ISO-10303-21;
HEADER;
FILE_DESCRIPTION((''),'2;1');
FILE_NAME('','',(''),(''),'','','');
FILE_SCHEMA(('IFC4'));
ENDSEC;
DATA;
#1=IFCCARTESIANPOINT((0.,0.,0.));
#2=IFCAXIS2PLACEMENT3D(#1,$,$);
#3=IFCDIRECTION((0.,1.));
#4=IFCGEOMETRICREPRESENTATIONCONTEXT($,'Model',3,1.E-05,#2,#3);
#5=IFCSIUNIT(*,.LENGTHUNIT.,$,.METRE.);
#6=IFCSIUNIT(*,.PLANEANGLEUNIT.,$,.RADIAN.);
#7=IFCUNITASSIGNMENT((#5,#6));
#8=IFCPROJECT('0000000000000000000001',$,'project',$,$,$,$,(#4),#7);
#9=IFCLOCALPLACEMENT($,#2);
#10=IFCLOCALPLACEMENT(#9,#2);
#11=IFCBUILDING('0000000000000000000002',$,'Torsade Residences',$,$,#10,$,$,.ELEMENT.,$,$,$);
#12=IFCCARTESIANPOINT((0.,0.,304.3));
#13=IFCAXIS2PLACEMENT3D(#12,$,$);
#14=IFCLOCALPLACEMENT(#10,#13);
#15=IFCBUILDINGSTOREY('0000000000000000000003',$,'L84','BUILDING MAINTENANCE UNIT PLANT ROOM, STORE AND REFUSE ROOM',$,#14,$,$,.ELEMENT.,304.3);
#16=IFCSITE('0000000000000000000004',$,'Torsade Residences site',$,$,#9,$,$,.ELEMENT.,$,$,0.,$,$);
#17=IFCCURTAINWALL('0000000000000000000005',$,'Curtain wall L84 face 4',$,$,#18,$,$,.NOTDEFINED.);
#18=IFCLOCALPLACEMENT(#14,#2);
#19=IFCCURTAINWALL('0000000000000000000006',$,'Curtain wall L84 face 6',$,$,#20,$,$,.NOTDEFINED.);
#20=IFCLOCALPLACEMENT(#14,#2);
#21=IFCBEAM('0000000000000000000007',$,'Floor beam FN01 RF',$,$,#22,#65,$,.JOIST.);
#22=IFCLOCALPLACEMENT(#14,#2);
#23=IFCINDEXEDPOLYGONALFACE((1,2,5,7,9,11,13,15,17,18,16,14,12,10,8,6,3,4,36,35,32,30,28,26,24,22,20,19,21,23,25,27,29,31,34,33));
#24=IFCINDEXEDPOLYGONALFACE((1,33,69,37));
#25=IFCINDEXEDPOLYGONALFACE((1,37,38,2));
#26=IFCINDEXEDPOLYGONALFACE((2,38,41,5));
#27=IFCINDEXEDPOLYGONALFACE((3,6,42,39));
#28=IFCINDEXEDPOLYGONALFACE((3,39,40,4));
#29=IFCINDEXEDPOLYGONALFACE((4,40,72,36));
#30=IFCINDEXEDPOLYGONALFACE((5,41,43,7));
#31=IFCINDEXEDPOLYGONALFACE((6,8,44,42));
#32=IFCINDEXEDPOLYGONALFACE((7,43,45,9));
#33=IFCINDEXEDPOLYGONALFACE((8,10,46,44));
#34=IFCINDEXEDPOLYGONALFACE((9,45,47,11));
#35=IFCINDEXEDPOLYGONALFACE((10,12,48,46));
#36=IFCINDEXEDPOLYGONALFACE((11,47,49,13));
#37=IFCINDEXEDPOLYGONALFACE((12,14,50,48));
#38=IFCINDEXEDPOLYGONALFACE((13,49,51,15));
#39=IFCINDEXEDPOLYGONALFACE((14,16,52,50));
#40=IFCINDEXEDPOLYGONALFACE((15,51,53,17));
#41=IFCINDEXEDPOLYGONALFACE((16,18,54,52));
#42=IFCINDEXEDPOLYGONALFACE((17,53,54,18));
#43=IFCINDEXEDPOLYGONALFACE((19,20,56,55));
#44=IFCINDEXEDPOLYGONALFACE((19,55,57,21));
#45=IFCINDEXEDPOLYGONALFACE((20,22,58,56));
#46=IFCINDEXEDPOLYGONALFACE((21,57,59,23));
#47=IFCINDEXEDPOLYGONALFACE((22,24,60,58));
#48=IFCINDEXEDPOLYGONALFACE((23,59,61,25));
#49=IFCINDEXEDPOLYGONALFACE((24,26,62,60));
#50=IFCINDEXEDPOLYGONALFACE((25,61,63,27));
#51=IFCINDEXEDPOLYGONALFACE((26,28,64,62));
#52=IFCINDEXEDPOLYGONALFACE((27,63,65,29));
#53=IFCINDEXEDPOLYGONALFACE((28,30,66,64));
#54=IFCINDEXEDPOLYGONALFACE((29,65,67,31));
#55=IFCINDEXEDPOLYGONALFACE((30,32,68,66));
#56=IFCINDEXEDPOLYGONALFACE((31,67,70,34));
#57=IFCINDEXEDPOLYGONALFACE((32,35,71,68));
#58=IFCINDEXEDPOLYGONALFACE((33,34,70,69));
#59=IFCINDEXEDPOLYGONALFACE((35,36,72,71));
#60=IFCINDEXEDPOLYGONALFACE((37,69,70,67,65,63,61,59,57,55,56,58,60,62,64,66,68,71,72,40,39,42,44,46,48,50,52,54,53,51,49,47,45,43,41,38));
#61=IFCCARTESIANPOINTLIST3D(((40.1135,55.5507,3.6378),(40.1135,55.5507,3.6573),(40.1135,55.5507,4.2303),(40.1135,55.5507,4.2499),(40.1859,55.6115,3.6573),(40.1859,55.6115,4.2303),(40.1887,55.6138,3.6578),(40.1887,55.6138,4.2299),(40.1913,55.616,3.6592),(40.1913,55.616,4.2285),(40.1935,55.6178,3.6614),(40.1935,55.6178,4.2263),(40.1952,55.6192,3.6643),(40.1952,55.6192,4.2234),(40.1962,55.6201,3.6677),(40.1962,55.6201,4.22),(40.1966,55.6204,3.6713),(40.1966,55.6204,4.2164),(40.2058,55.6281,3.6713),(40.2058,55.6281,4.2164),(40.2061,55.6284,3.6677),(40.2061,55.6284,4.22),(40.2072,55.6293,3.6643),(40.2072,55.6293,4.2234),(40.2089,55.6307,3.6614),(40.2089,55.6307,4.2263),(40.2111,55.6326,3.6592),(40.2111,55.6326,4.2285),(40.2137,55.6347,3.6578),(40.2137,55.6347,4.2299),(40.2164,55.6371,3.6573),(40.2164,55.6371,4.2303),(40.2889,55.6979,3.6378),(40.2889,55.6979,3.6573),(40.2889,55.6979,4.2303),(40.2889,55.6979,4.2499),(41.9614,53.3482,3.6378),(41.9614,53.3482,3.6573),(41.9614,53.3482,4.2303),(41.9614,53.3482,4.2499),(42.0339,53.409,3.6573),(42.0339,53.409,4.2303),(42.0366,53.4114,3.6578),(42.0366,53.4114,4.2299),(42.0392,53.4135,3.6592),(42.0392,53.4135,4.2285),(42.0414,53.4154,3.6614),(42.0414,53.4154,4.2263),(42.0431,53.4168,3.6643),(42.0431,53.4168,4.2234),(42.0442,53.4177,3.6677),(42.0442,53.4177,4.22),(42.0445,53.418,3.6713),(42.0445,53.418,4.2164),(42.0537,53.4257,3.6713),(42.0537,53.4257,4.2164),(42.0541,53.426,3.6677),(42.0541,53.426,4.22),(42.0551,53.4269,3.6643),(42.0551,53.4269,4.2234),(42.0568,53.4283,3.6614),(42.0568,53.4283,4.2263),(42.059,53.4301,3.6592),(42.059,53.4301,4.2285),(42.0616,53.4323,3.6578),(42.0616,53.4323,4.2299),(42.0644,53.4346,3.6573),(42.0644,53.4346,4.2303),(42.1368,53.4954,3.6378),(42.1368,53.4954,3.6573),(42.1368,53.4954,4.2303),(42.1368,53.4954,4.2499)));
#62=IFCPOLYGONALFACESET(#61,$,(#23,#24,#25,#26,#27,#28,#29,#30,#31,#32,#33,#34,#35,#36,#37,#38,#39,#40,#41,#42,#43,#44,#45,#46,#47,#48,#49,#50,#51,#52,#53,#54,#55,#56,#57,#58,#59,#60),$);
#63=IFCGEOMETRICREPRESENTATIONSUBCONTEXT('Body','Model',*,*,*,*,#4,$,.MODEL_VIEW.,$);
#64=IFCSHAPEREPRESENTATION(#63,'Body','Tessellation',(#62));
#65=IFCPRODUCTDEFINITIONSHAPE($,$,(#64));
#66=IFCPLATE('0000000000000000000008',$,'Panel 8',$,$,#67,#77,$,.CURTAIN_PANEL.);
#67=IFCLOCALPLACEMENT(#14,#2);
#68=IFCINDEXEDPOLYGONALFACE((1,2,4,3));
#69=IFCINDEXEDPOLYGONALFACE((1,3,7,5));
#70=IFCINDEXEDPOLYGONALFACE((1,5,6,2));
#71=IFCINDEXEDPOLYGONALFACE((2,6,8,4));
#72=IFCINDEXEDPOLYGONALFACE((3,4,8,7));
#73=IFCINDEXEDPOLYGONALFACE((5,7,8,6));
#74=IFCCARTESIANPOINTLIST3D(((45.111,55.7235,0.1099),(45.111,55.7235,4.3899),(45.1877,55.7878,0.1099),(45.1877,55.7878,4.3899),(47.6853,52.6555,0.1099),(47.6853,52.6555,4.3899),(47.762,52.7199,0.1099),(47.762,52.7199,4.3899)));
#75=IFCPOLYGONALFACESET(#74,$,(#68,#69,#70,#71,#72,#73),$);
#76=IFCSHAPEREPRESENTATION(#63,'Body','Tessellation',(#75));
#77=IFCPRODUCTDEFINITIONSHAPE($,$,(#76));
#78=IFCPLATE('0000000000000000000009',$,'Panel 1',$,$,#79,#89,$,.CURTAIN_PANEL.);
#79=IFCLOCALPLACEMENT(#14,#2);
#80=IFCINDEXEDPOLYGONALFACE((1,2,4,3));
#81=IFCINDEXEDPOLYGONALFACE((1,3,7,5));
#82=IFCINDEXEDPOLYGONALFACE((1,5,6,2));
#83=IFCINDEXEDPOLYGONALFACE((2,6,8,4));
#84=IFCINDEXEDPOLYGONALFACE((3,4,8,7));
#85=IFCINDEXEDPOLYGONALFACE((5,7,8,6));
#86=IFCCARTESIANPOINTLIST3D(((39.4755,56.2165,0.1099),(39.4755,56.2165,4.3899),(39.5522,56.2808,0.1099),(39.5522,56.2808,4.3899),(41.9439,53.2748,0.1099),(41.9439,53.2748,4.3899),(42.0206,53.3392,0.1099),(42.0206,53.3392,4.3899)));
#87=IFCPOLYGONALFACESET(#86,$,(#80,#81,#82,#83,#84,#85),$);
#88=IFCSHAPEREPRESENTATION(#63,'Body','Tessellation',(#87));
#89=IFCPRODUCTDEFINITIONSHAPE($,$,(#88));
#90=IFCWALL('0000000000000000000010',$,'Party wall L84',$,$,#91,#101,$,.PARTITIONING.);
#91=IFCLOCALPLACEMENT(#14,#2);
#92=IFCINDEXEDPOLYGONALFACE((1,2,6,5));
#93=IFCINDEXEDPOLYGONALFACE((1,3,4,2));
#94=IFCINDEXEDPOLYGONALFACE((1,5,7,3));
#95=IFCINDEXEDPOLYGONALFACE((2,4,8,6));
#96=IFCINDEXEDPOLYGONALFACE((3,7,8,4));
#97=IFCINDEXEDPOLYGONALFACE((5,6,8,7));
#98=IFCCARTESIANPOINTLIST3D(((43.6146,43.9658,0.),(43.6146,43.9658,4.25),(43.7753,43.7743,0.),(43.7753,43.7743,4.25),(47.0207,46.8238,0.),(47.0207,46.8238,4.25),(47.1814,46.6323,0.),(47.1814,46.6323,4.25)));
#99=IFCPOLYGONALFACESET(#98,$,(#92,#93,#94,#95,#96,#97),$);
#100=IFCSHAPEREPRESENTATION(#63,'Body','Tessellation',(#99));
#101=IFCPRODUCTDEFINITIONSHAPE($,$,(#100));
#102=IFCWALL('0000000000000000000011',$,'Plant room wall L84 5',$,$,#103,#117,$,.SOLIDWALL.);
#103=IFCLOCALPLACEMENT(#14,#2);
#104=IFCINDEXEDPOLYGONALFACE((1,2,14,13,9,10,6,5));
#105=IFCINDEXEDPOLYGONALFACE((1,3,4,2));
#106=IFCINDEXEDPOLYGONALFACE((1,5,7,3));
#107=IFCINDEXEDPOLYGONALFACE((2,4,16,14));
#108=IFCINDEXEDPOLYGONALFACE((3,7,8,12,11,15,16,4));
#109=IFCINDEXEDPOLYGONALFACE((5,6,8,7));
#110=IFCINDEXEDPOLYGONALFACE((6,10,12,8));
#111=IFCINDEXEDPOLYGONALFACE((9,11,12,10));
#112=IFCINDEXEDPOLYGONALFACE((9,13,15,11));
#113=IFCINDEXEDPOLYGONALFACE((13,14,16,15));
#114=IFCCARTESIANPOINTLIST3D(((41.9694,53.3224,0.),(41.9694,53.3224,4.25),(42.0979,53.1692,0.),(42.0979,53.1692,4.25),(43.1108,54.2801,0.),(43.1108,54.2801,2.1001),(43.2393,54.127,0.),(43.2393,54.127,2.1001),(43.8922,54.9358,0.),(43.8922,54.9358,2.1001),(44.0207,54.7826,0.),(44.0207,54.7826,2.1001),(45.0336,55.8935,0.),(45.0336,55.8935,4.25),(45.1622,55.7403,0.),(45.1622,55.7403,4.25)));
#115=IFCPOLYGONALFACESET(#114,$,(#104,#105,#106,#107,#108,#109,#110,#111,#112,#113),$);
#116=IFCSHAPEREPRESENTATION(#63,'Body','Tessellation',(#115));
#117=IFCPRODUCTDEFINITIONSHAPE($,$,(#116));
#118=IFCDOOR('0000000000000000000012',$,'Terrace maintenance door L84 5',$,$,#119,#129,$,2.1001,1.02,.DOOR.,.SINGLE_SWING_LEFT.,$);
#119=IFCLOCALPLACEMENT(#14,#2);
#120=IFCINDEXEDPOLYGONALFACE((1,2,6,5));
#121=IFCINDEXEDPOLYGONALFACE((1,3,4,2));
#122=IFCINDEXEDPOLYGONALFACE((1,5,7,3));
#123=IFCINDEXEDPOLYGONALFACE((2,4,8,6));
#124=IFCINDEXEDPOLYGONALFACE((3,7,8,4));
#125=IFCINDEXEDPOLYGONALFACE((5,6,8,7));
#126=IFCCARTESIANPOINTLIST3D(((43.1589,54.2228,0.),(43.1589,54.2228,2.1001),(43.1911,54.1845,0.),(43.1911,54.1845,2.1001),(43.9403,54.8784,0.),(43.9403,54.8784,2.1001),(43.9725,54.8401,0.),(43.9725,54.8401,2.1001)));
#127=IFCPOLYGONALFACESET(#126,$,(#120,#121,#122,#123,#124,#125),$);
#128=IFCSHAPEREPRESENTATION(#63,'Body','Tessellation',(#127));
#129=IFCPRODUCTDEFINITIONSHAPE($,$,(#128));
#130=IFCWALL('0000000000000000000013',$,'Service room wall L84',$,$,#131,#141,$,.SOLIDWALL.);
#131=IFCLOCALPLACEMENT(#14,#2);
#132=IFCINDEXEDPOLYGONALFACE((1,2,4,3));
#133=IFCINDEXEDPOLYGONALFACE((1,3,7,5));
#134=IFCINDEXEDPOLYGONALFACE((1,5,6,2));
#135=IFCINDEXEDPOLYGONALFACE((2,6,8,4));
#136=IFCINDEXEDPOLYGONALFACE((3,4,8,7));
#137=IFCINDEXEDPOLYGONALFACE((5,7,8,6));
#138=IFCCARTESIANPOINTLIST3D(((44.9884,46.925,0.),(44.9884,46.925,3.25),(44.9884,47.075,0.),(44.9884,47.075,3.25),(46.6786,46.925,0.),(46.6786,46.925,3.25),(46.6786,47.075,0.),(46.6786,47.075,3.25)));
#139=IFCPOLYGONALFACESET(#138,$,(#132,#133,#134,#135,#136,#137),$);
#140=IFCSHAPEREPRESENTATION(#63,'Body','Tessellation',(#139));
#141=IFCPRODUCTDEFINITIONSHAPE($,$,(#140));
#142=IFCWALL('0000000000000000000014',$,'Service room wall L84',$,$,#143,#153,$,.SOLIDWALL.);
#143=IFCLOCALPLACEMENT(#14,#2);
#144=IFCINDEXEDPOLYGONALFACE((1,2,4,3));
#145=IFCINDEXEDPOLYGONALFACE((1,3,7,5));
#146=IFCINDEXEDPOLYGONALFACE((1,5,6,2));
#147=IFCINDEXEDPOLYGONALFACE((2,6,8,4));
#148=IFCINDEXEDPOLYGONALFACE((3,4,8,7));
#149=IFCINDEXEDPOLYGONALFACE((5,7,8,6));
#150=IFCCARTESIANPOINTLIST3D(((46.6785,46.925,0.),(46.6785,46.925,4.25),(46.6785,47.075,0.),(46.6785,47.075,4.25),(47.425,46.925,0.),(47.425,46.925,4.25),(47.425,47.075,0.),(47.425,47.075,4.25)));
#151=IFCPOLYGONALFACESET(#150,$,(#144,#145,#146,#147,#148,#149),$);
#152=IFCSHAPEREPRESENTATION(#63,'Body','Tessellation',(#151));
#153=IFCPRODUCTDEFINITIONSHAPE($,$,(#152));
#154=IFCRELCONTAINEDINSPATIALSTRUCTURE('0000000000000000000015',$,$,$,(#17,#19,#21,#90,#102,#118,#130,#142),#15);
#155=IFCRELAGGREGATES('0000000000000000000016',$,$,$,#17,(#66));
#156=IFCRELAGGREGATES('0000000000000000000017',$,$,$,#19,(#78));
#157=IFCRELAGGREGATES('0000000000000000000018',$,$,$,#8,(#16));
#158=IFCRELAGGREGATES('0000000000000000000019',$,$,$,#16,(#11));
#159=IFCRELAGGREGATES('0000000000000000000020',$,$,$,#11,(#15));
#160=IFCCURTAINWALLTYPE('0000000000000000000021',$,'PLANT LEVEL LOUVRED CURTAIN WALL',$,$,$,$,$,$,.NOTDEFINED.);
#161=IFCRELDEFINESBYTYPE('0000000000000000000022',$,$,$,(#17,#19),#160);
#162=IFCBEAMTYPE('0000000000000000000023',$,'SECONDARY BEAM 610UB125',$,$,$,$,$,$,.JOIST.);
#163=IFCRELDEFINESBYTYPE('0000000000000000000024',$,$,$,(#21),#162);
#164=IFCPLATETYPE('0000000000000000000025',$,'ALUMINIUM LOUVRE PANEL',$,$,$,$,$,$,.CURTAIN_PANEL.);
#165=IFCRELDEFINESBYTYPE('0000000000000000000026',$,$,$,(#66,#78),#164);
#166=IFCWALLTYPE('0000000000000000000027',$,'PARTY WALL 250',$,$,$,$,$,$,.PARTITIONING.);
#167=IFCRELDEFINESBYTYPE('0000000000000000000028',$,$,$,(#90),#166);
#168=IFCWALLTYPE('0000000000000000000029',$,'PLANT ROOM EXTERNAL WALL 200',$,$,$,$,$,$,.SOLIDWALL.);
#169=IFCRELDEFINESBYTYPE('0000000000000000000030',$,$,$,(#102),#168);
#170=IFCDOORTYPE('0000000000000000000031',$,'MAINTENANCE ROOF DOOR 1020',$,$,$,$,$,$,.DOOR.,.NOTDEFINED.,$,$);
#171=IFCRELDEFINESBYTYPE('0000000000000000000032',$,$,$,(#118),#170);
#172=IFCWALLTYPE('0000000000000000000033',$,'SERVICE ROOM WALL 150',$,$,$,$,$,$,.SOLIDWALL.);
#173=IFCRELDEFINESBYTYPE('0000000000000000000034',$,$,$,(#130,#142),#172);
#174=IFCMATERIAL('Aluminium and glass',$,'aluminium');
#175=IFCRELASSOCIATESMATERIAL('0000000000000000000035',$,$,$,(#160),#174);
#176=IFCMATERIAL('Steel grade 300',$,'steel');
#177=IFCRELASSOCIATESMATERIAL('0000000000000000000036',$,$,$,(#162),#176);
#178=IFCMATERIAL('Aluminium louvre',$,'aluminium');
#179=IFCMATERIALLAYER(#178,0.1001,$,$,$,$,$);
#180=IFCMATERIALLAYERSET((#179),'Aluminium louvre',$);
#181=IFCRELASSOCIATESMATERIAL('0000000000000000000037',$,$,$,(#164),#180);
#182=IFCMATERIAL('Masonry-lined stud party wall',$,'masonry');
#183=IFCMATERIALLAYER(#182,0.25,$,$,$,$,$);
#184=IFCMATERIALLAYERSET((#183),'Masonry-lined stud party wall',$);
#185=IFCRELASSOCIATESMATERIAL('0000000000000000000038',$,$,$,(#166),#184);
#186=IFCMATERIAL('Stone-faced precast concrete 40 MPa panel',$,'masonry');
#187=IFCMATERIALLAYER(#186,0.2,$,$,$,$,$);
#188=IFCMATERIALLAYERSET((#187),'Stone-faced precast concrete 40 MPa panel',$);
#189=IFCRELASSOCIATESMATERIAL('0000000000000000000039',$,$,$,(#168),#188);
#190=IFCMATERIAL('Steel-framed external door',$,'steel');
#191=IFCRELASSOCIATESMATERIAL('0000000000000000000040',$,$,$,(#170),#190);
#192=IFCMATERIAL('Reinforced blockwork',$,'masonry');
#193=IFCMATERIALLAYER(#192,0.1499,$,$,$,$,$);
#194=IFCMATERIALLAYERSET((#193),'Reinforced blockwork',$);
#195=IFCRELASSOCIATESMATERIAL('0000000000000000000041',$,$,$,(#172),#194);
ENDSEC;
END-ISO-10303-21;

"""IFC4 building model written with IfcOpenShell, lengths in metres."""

from ifc_helpers import new_model, si_unit, direction, frame, frame_2d, origin, origin_2d, place, context, subcontext, project, spatial, rectangle, i_section, extrude, material, layer, layer_set, material_profile, profile_set, type_object, element, fill, aggregate, save


model = new_model("IFC4")

# Units and contexts
model_context = context("Model", 3, precision=1e-05, world=origin(), true_north=direction((0.0, 1.0)))
body_context = subcontext(model_context, "Body", "Model", "MODEL_VIEW")
ifc_project = project(units=[si_unit("LENGTHUNIT", "METRE"), si_unit("PLANEANGLEUNIT", "RADIAN")], contexts=[model_context])

# Site, building, storey
site_placement = place(None, origin())
site = spatial("IfcSite", under=ifc_project, at=site_placement, Name="Torsade Residences site", CompositionType="ELEMENT", RefElevation=0.0)
building_placement = place(site_placement, origin())
building = spatial("IfcBuilding", under=site, at=building_placement, Name="Torsade Residences", CompositionType="ELEMENT")
storey_placement = place(building_placement, frame((0.0, 0.0, 304.3)))
storey = spatial("IfcBuildingStorey", under=building, at=storey_placement, Name="L84", Description="BUILDING MAINTENANCE UNIT PLANT ROOM, STORE AND REFUSE ROOM", CompositionType="ELEMENT", Elevation=304.3)

# Curtain wall
ifc_material_1 = material(Name="Aluminium and glass", Category="aluminium")
curtain_wall_type = type_object("IfcCurtainWallType", Name="PLANT LEVEL LOUVRED CURTAIN WALL", PredefinedType="NOTDEFINED", material=ifc_material_1)
curtain_wall_1_placement = place(storey_placement, origin())
curtain_wall_1 = element("IfcCurtainWall", 1, at=curtain_wall_1_placement, inside=storey, type_object=curtain_wall_type, Name="Curtain wall L84 face 4", PredefinedType="NOTDEFINED")

# Curtain wall
curtain_wall_2_placement = place(storey_placement, origin())
curtain_wall_2 = element("IfcCurtainWall", 2, at=curtain_wall_2_placement, inside=storey, type_object=curtain_wall_type, Name="Curtain wall L84 face 6", PredefinedType="NOTDEFINED")

# Beam
ifc_material_2 = material(Name="Steel grade 300", Category="steel")
ifc_material_profile_1 = material_profile(ifc_material_2, i_section(OverallWidth=0.229, OverallDepth=0.6121, WebThickness=0.012, FlangeThickness=0.0195, FilletRadius=0.0139, at=origin_2d()), Name="610UB125")
ifc_profile_set_1 = profile_set([ifc_material_profile_1], Name="Steel grade 300")
beam_type_1 = type_object("IfcBeamType", Name="SECONDARY BEAM 610UB125", PredefinedType="JOIST", material=ifc_profile_set_1)
for number, where, z_axis, x_axis, name in (
    (3, (40.2012, 55.6243, 3.9438), (0.642762, -0.766066, 0.0), (0.766066, 0.642762, 0.0), "Floor beam FN01 RF"),
):
    element("IfcBeam", number, at=place(storey_placement, frame(where, z_axis=z_axis, x_axis=x_axis)), inside=storey, type_object=beam_type_1, Name=name, PredefinedType="JOIST", context=body_context, shape_type="SweptSolid", body=[
        extrude(i_section(OverallWidth=0.229, OverallDepth=0.6121, WebThickness=0.012, FlangeThickness=0.0195, FilletRadius=0.0139, at=origin_2d()), origin(), (0.0, 0.0, 1.0), 2.875),
    ])

# Plates
ifc_material_3 = material(Name="Aluminium louvre", Category="aluminium")
ifc_layer_1 = layer(ifc_material_3, 0.1001)
ifc_layer_set_1 = layer_set([ifc_layer_1], Name="Aluminium louvre")
plate_type = type_object("IfcPlateType", Name="ALUMINIUM LOUVRE PANEL", PredefinedType="CURTAIN_PANEL", material=ifc_layer_set_1)
plate_1_placement = place(storey_placement, frame((46.4365, 54.2217, 0.1099), z_axis=(0.0, 0.0, 1.0), x_axis=(-0.642788, 0.766044, 0.0)))
plate_1 = element("IfcPlate", 4, at=plate_1_placement, type_object=plate_type, Name="Panel 8", PredefinedType="CURTAIN_PANEL", context=body_context, shape_type="SweptSolid", body=[
    extrude(rectangle(XDim=4.0049, YDim=0.1001, at=origin_2d()), origin(), (0.0, 0.0, 1.0), 4.28),
])
aggregate(curtain_wall_1, [plate_1])
plate_2_placement = place(storey_placement, frame((40.748, 54.7778, 0.1099), z_axis=(0.0, 0.0, 1.0), x_axis=(-0.642788, 0.766044, 0.0)))
plate_2 = element("IfcPlate", 5, at=plate_2_placement, type_object=plate_type, Name="Panel 1", PredefinedType="CURTAIN_PANEL", context=body_context, shape_type="SweptSolid", body=[
    extrude(rectangle(XDim=3.8401, YDim=0.1001, at=origin_2d()), origin(), (0.0, 0.0, 1.0), 4.28),
])
aggregate(curtain_wall_2, [plate_2])

# Wall
ifc_material_4 = material(Name="Masonry-lined stud party wall", Category="masonry")
ifc_layer_2 = layer(ifc_material_4, 0.25)
ifc_layer_set_2 = layer_set([ifc_layer_2], Name="Masonry-lined stud party wall")
wall_type_1 = type_object("IfcWallType", Name="PARTY WALL 250", PredefinedType="PARTITIONING", material=ifc_layer_set_2)
wall_1_placement = place(storey_placement, frame((47.1011, 46.728, 0.0), z_axis=(0.0, 0.0, 1.0), x_axis=(-0.766052, -0.642779, 0.0)))
element("IfcWall", 6, at=wall_1_placement, inside=storey, type_object=wall_type_1, Name="Party wall L84", PredefinedType="PARTITIONING", context=body_context, shape_type="SweptSolid", body=[
    extrude(rectangle(XDim=4.4463, YDim=0.25, at=frame_2d((2.2231, 0.0))), origin(), (0.0, 0.0, 1.0), 4.25),
])

# Wall, opening, door
ifc_material_5 = material(Name="Stone-faced precast concrete 40 MPa panel", Category="masonry")
ifc_layer_3 = layer(ifc_material_5, 0.2)
ifc_layer_set_3 = layer_set([ifc_layer_3], Name="Stone-faced precast concrete 40 MPa panel")
wall_type_2 = type_object("IfcWallType", Name="PLANT ROOM EXTERNAL WALL 200", PredefinedType="SOLIDWALL", material=ifc_layer_set_3)
wall_2_placement = place(storey_placement, frame((45.0979, 55.8169, 0.0), z_axis=(0.0, 0.0, 1.0), x_axis=(-0.766061, -0.642768, 0.0)))
wall_2 = element("IfcWall", 7, at=wall_2_placement, inside=storey, type_object=wall_type_2, Name="Plant room wall L84 5", PredefinedType="SOLIDWALL", context=body_context, shape_type="SweptSolid", body=[
    extrude(rectangle(XDim=4.0, YDim=0.2, at=frame_2d((2.0, 0.0))), origin(), (0.0, 0.0, 1.0), 4.25),
])
opening_placement = place(wall_2_placement, frame((1.49, 0.0, 0.0)))
opening = element("IfcOpeningElement", 8, at=opening_placement, cuts=wall_2, PredefinedType="OPENING", context=body_context, shape_type="SweptSolid", body=[
    extrude(rectangle(XDim=1.02, YDim=2.1001, at=frame_2d((0.51, 1.05))), frame((0.0, 0.1099, 0.0), z_axis=(0.0, -1.0, 0.0), x_axis=(1.0, 0.0, 0.0)), (0.0, 0.0, 1.0), 0.22),
])
ifc_material_6 = material(Name="Steel-framed external door", Category="steel")
door_type = type_object("IfcDoorType", Name="MAINTENANCE ROOF DOOR 1020", OperationType="NOTDEFINED", PredefinedType="DOOR", material=ifc_material_6)
door_placement = place(opening_placement, origin())
door = element("IfcDoor", 9, at=door_placement, inside=storey, type_object=door_type, Name="Terrace maintenance door L84 5", OperationType="SINGLE_SWING_LEFT", OverallHeight=2.1001, OverallWidth=1.02, PredefinedType="DOOR", context=body_context, shape_type="SweptSolid", body=[
    extrude(rectangle(XDim=1.02, YDim=2.1001, at=frame_2d((0.51, 1.05))), frame((0.0, 0.0249, 0.0), z_axis=(0.0, -1.0, 0.0), x_axis=(1.0, 0.0, 0.0)), (0.0, 0.0, 1.0), 0.05),
])
fill(opening, door)

# Walls
ifc_material_7 = material(Name="Reinforced blockwork", Category="masonry")
ifc_layer_4 = layer(ifc_material_7, 0.1499)
ifc_layer_set_4 = layer_set([ifc_layer_4], Name="Reinforced blockwork")
wall_type_3 = type_object("IfcWallType", Name="SERVICE ROOM WALL 150", PredefinedType="SOLIDWALL", material=ifc_layer_set_4)
wall_3_placement = place(storey_placement, frame((44.9883, 47.0, 0.0), z_axis=(0.0, 0.0, 1.0), x_axis=(1.0, 0.0, 0.0)))
element("IfcWall", 10, at=wall_3_placement, inside=storey, type_object=wall_type_3, Name="Service room wall L84", PredefinedType="SOLIDWALL", context=body_context, shape_type="SweptSolid", body=[
    extrude(rectangle(XDim=1.6902, YDim=0.1499, at=frame_2d((0.8452, 0.0))), origin(), (0.0, 0.0, 1.0), 3.25),
])
wall_4_placement = place(storey_placement, frame((46.6785, 47.0, 0.0), z_axis=(0.0, 0.0, 1.0), x_axis=(1.0, 0.0, 0.0)))
element("IfcWall", 11, at=wall_4_placement, inside=storey, type_object=wall_type_3, Name="Service room wall L84", PredefinedType="SOLIDWALL", context=body_context, shape_type="SweptSolid", body=[
    extrude(rectangle(XDim=0.7466, YDim=0.1499, at=frame_2d((0.3733, 0.0))), origin(), (0.0, 0.0, 1.0), 4.25),
])

save(model, "model.ifc")
